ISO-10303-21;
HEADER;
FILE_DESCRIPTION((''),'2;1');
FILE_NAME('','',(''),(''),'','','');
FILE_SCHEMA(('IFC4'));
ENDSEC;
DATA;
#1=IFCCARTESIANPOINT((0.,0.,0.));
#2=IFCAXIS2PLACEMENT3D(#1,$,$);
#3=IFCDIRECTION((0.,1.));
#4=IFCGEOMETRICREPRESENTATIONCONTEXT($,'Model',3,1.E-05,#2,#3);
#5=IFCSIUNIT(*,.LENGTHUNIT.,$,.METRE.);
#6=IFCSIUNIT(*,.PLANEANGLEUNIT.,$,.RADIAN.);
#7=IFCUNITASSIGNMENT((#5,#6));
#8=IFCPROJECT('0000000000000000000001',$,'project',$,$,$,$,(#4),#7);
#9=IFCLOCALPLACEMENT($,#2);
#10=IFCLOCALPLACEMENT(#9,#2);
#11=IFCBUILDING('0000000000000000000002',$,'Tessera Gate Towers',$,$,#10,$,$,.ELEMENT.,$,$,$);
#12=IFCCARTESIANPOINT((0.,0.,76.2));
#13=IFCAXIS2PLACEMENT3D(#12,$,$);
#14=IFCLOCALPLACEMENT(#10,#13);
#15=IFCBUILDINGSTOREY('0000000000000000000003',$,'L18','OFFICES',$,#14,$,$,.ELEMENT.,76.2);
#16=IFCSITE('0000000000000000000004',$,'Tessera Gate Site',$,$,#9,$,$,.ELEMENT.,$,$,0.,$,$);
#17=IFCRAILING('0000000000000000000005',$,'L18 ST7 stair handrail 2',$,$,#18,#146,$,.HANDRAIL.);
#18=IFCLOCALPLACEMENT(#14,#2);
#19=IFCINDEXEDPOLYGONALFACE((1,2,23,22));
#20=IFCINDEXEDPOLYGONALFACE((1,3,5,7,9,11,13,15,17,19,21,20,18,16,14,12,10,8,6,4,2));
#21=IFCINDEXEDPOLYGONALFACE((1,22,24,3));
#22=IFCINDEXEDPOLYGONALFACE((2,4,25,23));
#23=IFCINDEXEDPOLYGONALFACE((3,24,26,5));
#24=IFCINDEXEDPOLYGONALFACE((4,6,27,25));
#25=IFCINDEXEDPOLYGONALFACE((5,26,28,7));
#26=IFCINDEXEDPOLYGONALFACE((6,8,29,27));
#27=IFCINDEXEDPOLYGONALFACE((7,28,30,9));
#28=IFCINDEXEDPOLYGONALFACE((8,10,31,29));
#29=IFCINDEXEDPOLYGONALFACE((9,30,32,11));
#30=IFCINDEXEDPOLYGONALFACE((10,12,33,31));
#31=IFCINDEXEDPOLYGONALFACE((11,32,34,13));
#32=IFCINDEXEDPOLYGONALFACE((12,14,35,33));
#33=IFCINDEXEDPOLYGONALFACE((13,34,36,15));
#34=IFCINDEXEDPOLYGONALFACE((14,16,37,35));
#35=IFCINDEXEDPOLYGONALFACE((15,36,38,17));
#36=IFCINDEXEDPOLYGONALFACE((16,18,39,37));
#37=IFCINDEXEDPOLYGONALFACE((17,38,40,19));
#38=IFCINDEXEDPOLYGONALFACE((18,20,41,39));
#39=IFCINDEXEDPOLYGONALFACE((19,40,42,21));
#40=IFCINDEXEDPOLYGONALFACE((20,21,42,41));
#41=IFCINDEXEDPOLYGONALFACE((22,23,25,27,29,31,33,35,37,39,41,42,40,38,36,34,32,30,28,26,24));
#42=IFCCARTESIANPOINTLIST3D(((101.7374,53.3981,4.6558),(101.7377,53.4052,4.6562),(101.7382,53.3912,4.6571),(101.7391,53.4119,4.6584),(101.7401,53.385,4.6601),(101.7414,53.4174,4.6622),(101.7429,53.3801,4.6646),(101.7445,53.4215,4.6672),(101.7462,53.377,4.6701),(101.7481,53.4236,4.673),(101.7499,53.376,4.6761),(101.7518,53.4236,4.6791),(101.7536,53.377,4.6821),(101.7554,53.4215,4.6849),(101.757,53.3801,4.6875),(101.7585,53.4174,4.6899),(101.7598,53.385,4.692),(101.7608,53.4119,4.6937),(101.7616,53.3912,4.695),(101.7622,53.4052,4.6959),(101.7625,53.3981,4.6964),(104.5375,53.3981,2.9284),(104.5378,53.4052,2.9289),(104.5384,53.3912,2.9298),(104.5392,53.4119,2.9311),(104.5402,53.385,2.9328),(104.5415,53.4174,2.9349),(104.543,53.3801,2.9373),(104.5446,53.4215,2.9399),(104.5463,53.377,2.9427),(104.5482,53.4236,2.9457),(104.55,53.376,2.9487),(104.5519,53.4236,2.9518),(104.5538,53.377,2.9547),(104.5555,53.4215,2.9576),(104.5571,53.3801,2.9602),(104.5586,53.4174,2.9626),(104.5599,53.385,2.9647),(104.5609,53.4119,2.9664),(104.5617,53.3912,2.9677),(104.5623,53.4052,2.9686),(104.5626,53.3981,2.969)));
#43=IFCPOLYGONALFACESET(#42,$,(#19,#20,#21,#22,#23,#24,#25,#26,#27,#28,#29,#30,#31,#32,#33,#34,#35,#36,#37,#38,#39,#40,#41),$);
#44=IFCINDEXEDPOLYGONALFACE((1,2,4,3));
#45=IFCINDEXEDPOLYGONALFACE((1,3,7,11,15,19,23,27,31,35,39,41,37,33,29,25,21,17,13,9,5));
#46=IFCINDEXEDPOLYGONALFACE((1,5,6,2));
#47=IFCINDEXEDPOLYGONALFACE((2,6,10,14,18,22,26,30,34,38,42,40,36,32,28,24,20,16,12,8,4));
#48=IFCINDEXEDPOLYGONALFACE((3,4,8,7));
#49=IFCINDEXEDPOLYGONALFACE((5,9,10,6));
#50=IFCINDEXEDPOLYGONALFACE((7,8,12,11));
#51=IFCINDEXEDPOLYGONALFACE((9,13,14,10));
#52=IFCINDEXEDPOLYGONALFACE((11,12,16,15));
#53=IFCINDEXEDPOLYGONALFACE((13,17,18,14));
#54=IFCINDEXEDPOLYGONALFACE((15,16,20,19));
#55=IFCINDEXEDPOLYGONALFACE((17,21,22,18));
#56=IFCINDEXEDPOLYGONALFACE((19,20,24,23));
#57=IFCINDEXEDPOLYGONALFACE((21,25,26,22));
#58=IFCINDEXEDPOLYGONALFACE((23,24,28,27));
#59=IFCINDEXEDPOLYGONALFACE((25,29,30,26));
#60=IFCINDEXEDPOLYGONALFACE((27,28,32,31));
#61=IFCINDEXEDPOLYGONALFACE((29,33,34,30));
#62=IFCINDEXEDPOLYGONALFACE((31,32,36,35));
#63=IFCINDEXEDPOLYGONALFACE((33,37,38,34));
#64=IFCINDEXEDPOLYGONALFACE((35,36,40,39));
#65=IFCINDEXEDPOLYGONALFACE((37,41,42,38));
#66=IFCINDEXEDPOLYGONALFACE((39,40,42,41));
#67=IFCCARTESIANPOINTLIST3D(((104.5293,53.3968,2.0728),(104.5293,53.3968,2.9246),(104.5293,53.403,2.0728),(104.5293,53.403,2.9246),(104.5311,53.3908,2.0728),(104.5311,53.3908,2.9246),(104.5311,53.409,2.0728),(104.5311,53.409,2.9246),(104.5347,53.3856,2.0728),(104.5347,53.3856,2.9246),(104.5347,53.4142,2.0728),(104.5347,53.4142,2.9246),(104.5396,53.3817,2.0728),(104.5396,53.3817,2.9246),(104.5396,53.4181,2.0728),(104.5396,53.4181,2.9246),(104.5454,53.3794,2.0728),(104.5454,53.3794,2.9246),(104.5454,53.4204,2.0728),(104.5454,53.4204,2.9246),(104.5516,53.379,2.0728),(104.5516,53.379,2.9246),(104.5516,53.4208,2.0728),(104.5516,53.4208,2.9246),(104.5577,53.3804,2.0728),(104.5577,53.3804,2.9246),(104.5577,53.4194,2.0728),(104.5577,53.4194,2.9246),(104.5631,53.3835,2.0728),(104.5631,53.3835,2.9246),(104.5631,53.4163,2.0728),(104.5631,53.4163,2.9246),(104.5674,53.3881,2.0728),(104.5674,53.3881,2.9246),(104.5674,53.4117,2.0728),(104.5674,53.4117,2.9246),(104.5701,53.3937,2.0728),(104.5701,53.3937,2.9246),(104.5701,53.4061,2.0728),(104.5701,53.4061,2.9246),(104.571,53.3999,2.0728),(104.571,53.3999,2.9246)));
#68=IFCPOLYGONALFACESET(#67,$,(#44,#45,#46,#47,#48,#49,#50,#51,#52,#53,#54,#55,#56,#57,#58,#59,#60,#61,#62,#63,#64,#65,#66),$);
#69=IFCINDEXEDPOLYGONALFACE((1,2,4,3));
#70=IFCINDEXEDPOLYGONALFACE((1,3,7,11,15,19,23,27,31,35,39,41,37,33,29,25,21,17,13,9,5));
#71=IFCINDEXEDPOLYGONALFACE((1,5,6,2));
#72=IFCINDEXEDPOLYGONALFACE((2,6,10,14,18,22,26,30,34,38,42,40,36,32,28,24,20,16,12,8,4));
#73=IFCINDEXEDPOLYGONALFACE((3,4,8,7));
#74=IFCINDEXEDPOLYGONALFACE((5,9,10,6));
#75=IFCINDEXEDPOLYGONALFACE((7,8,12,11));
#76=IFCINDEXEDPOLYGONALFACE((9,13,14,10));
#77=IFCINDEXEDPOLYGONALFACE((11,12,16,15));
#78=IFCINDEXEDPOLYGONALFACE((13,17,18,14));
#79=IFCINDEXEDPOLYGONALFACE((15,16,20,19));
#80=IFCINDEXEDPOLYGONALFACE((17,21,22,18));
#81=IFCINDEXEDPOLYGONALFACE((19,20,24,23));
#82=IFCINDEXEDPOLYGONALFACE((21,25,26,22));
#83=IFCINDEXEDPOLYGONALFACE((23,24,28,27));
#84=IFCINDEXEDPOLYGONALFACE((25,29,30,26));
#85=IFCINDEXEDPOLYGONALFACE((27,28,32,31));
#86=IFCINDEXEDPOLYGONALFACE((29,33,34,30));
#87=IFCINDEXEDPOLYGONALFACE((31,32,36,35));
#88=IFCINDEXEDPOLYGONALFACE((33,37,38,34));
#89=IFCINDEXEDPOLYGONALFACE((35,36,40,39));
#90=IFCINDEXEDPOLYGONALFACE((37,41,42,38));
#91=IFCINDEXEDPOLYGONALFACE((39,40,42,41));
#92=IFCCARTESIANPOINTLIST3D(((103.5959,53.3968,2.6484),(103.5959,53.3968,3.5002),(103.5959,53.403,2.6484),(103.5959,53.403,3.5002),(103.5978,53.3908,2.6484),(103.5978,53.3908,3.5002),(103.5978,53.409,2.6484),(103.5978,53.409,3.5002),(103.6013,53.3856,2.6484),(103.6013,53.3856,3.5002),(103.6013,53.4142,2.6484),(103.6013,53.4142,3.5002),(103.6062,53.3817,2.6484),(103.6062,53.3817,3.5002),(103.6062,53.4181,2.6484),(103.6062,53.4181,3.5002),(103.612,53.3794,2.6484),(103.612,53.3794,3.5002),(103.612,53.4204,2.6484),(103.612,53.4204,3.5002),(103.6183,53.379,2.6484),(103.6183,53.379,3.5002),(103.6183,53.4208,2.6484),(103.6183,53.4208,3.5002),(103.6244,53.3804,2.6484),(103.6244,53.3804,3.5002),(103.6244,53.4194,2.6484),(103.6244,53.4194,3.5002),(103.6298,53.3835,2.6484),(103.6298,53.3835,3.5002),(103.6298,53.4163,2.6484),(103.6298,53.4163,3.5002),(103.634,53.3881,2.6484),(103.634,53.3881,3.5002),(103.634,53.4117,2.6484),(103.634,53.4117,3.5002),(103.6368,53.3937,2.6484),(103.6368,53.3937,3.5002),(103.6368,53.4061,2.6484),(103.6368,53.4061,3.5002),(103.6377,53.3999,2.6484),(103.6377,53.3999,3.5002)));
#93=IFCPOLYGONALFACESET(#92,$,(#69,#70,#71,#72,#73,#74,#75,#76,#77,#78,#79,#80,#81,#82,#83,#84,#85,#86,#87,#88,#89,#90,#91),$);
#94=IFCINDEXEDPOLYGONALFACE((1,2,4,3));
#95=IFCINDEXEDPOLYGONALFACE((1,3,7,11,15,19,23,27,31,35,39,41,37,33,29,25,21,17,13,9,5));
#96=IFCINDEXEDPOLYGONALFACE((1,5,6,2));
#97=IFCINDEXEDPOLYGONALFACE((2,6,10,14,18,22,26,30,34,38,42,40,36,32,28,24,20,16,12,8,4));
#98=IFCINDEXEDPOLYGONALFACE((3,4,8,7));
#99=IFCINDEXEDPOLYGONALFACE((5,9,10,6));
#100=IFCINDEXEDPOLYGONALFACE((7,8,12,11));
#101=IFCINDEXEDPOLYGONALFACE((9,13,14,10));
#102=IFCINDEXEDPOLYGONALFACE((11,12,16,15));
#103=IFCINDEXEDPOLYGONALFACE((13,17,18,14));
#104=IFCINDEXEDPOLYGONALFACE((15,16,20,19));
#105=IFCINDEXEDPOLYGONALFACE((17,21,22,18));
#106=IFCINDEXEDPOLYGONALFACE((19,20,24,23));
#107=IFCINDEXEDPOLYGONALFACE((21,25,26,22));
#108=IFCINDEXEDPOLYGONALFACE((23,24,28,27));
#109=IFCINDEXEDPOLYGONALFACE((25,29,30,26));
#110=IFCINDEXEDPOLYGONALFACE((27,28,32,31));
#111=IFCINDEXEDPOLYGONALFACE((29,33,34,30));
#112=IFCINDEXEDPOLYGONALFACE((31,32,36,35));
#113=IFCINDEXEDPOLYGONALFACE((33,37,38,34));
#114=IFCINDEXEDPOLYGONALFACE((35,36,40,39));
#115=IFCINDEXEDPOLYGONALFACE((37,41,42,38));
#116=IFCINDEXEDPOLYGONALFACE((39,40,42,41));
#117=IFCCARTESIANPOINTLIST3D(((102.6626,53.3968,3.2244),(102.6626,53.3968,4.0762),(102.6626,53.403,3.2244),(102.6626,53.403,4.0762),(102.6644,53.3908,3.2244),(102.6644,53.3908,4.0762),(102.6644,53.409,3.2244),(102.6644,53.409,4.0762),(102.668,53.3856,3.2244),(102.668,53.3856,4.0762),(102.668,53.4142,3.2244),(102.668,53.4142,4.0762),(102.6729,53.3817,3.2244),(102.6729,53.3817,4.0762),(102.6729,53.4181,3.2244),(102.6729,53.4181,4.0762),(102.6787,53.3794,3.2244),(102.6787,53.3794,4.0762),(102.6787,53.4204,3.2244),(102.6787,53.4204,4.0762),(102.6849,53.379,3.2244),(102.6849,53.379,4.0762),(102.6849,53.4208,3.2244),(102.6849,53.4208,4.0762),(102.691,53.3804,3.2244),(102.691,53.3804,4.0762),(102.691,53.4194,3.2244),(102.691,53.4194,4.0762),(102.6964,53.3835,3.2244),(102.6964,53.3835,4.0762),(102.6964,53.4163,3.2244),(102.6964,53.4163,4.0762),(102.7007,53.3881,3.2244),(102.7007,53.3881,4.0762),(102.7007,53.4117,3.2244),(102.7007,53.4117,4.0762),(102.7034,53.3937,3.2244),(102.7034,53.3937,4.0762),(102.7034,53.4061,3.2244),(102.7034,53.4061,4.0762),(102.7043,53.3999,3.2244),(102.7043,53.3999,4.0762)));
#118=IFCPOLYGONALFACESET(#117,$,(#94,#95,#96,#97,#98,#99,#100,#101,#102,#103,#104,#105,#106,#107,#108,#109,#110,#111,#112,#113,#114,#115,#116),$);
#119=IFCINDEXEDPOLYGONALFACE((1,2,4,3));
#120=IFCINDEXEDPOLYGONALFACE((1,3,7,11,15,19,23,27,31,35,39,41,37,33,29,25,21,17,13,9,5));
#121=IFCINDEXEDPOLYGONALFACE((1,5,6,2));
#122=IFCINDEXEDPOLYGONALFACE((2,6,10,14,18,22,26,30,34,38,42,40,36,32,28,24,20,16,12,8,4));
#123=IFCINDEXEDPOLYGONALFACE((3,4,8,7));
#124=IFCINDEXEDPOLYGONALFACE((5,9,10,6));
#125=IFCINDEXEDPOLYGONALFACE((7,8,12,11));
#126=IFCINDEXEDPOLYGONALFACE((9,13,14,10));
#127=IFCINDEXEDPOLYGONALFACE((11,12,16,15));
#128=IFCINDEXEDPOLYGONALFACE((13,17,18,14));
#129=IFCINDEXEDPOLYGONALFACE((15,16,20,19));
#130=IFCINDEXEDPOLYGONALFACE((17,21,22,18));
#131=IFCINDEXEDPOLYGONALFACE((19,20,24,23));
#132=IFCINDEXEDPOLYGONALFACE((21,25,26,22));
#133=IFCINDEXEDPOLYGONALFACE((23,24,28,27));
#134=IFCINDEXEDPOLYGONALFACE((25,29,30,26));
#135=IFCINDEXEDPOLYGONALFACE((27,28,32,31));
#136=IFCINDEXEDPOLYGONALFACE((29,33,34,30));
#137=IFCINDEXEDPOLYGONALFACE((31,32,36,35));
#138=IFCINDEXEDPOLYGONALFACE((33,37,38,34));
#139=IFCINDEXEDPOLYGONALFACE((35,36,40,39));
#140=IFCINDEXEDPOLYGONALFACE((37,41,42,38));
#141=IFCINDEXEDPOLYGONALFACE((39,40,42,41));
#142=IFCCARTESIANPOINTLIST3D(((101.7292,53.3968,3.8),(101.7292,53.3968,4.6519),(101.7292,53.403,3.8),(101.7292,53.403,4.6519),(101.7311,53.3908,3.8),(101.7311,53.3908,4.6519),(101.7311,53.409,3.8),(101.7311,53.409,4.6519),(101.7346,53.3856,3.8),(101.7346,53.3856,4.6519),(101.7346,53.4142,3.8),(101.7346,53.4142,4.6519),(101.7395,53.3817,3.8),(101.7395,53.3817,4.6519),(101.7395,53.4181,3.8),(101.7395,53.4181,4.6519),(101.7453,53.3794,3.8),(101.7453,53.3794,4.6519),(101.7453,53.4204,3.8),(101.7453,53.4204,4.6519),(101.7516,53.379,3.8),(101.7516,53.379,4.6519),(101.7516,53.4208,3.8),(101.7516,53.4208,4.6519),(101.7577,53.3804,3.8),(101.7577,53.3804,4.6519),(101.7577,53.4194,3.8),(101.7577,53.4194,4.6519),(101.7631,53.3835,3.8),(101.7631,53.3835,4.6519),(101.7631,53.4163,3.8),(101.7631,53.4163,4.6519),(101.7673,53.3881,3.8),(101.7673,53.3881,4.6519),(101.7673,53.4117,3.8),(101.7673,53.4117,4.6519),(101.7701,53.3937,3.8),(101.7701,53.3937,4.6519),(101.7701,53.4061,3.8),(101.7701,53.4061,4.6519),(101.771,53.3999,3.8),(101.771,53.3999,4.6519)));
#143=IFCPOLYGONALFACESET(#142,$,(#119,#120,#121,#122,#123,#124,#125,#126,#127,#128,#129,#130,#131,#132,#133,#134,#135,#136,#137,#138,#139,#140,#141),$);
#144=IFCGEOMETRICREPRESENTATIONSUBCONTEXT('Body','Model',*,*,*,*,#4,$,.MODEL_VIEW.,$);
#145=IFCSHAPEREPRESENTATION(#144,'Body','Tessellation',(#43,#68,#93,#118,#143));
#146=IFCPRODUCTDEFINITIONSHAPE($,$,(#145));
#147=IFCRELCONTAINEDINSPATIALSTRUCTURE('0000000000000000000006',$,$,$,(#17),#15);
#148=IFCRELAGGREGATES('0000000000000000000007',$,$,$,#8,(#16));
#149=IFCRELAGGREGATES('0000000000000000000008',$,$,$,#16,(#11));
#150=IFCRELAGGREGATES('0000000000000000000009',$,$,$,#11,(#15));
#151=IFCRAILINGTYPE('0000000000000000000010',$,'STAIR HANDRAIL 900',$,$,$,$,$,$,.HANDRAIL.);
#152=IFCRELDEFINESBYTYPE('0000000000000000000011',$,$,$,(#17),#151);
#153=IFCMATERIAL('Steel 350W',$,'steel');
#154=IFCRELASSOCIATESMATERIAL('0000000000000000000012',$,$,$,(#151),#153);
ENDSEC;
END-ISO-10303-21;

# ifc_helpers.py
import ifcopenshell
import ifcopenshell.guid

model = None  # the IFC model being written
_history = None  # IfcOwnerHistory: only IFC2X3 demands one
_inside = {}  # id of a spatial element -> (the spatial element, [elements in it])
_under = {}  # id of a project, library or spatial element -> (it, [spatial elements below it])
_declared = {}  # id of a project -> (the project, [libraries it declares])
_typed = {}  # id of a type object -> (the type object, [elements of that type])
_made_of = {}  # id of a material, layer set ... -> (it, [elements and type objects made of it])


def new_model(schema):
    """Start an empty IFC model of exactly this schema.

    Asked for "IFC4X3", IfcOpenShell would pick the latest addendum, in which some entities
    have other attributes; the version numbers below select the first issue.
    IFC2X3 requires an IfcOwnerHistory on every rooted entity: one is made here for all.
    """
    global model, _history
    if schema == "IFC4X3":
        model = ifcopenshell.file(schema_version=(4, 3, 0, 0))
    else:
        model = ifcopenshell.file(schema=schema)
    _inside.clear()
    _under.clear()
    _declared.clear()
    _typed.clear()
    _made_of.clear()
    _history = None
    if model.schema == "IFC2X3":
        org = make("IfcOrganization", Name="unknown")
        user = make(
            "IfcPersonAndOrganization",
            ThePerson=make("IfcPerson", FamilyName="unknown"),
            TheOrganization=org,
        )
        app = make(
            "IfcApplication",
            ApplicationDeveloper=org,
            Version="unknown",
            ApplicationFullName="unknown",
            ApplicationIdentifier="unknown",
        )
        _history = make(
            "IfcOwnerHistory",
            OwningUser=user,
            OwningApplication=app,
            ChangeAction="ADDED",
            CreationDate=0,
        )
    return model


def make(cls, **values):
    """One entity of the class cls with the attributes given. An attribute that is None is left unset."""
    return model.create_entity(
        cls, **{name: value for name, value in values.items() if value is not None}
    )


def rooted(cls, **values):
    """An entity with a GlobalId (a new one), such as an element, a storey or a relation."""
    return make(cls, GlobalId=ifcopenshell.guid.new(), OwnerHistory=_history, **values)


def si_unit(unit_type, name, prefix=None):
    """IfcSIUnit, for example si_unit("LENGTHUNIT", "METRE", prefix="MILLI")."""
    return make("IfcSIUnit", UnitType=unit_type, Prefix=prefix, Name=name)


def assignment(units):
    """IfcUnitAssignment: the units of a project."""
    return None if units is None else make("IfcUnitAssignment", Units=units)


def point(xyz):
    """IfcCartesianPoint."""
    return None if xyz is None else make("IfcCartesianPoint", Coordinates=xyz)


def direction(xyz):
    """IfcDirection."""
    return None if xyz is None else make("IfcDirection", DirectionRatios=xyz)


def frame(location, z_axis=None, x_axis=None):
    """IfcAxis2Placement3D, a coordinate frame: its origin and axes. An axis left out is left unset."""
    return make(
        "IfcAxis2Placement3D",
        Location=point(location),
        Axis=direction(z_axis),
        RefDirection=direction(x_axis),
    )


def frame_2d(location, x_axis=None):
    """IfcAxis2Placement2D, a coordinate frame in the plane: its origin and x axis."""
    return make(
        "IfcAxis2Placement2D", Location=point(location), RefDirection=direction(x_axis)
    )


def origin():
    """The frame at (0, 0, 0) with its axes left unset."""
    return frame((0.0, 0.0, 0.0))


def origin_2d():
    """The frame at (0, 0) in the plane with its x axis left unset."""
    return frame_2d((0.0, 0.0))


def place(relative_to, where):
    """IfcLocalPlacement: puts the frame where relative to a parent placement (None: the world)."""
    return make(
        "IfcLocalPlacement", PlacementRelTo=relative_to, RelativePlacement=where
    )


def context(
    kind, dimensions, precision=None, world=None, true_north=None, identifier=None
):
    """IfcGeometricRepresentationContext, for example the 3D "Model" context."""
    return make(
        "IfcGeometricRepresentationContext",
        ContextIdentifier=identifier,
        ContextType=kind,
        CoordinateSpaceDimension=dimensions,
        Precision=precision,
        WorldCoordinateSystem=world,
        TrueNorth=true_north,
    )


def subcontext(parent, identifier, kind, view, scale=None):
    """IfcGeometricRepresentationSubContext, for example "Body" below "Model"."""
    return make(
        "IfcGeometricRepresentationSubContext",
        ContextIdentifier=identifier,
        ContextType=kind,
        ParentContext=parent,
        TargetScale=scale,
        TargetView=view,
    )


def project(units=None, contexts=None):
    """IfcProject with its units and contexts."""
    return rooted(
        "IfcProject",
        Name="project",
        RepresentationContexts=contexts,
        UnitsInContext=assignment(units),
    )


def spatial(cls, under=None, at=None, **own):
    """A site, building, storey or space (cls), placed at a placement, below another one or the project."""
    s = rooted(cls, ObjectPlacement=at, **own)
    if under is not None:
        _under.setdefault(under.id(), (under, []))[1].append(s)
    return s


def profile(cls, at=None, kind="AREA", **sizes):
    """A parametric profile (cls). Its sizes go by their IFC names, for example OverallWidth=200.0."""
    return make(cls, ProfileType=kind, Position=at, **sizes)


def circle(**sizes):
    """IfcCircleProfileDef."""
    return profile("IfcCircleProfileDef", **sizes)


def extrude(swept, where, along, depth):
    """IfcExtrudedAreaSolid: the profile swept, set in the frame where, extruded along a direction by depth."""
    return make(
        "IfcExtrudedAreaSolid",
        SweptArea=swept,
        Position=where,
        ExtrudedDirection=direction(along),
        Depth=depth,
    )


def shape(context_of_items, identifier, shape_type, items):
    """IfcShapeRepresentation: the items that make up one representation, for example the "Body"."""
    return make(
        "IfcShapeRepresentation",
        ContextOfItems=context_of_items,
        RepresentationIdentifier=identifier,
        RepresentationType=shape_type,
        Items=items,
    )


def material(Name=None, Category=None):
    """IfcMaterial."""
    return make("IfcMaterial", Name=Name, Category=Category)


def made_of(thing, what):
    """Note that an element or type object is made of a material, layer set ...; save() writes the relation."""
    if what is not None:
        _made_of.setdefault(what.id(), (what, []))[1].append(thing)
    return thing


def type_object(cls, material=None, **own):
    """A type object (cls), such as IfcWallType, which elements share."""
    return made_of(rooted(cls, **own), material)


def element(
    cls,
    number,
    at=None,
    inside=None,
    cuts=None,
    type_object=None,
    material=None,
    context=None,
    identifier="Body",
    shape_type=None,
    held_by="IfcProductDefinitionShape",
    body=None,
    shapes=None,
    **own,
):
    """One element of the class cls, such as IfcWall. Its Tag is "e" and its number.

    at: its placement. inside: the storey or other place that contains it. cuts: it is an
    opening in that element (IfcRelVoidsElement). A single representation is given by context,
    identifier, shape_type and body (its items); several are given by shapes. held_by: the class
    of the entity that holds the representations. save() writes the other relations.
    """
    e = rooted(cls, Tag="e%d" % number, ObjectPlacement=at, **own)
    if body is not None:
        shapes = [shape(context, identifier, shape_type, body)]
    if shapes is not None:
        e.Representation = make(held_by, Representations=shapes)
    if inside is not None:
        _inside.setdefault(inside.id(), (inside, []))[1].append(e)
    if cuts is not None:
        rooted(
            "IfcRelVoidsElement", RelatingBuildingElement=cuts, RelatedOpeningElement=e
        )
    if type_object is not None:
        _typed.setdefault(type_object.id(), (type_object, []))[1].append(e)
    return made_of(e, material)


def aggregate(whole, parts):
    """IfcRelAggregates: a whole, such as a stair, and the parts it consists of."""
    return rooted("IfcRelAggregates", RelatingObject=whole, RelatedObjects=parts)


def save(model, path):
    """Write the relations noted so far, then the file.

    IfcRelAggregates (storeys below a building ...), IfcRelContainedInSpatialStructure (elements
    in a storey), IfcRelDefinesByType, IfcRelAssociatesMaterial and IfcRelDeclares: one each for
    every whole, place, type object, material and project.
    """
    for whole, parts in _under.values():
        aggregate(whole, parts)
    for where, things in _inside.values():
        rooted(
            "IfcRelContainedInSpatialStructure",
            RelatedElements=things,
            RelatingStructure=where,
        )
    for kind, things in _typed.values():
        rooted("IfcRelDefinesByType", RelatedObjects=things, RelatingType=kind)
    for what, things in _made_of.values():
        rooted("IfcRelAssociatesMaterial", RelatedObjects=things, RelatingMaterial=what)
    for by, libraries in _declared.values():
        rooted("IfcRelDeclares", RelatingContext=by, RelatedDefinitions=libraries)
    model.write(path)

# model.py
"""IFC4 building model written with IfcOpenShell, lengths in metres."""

from ifc_helpers import new_model, si_unit, direction, frame, origin, origin_2d, place, context, subcontext, project, spatial, circle, extrude, material, type_object, element, save


model = new_model("IFC4")

# Units and contexts
model_context = context("Model", 3, precision=1e-05, world=origin(), true_north=direction((0.0, 1.0)))
body_context = subcontext(model_context, "Body", "Model", "MODEL_VIEW")
ifc_project = project(units=[si_unit("LENGTHUNIT", "METRE"), si_unit("PLANEANGLEUNIT", "RADIAN")], contexts=[model_context])

# Site, building, storey
site_placement = place(None, origin())
site = spatial("IfcSite", under=ifc_project, at=site_placement, Name="Tessera Gate Site", CompositionType="ELEMENT", RefElevation=0.0)
building_placement = place(site_placement, origin())
building = spatial("IfcBuilding", under=site, at=building_placement, Name="Tessera Gate Towers", CompositionType="ELEMENT")
storey_placement = place(building_placement, frame((0.0, 0.0, 76.2)))
storey = spatial("IfcBuildingStorey", under=building, at=storey_placement, Name="L18", Description="OFFICES", CompositionType="ELEMENT", Elevation=76.2)

# Railing
ifc_material_1 = material(Name="Steel 350W", Category="steel")
railing_type_1 = type_object("IfcRailingType", Name="STAIR HANDRAIL 900", PredefinedType="HANDRAIL", material=ifc_material_1)
railing_1_placement = place(storey_placement, frame((104.55, 53.3999, 2.0728)))
element("IfcRailing", 1, at=railing_1_placement, inside=storey, type_object=railing_type_1, Name="L18 ST7 stair handrail 2", PredefinedType="HANDRAIL", context=body_context, shape_type="SweptSolid", body=[
    extrude(circle(Radius=0.0239, at=origin_2d()), frame((0.0, 0.0, 0.876), z_axis=(-0.85109, 0.0, 0.52502), x_axis=(0.0, -1.0, 0.0)), (0.0, 0.0, 1.0), 3.29),
    extrude(circle(Radius=0.021, at=origin_2d()), origin(), (0.0, 0.0, 1.0), 0.8518),
    extrude(circle(Radius=0.021, at=origin_2d()), frame((-0.9333, 0.0, 0.5757)), (0.0, 0.0, 1.0), 0.8518),
    extrude(circle(Radius=0.021, at=origin_2d()), frame((-1.8667, 0.0, 1.1516)), (0.0, 0.0, 1.0), 0.8518),
    extrude(circle(Radius=0.021, at=origin_2d()), frame((-2.8, 0.0, 1.7273)), (0.0, 0.0, 1.0), 0.8518),
])

save(model, "model.ifc")
